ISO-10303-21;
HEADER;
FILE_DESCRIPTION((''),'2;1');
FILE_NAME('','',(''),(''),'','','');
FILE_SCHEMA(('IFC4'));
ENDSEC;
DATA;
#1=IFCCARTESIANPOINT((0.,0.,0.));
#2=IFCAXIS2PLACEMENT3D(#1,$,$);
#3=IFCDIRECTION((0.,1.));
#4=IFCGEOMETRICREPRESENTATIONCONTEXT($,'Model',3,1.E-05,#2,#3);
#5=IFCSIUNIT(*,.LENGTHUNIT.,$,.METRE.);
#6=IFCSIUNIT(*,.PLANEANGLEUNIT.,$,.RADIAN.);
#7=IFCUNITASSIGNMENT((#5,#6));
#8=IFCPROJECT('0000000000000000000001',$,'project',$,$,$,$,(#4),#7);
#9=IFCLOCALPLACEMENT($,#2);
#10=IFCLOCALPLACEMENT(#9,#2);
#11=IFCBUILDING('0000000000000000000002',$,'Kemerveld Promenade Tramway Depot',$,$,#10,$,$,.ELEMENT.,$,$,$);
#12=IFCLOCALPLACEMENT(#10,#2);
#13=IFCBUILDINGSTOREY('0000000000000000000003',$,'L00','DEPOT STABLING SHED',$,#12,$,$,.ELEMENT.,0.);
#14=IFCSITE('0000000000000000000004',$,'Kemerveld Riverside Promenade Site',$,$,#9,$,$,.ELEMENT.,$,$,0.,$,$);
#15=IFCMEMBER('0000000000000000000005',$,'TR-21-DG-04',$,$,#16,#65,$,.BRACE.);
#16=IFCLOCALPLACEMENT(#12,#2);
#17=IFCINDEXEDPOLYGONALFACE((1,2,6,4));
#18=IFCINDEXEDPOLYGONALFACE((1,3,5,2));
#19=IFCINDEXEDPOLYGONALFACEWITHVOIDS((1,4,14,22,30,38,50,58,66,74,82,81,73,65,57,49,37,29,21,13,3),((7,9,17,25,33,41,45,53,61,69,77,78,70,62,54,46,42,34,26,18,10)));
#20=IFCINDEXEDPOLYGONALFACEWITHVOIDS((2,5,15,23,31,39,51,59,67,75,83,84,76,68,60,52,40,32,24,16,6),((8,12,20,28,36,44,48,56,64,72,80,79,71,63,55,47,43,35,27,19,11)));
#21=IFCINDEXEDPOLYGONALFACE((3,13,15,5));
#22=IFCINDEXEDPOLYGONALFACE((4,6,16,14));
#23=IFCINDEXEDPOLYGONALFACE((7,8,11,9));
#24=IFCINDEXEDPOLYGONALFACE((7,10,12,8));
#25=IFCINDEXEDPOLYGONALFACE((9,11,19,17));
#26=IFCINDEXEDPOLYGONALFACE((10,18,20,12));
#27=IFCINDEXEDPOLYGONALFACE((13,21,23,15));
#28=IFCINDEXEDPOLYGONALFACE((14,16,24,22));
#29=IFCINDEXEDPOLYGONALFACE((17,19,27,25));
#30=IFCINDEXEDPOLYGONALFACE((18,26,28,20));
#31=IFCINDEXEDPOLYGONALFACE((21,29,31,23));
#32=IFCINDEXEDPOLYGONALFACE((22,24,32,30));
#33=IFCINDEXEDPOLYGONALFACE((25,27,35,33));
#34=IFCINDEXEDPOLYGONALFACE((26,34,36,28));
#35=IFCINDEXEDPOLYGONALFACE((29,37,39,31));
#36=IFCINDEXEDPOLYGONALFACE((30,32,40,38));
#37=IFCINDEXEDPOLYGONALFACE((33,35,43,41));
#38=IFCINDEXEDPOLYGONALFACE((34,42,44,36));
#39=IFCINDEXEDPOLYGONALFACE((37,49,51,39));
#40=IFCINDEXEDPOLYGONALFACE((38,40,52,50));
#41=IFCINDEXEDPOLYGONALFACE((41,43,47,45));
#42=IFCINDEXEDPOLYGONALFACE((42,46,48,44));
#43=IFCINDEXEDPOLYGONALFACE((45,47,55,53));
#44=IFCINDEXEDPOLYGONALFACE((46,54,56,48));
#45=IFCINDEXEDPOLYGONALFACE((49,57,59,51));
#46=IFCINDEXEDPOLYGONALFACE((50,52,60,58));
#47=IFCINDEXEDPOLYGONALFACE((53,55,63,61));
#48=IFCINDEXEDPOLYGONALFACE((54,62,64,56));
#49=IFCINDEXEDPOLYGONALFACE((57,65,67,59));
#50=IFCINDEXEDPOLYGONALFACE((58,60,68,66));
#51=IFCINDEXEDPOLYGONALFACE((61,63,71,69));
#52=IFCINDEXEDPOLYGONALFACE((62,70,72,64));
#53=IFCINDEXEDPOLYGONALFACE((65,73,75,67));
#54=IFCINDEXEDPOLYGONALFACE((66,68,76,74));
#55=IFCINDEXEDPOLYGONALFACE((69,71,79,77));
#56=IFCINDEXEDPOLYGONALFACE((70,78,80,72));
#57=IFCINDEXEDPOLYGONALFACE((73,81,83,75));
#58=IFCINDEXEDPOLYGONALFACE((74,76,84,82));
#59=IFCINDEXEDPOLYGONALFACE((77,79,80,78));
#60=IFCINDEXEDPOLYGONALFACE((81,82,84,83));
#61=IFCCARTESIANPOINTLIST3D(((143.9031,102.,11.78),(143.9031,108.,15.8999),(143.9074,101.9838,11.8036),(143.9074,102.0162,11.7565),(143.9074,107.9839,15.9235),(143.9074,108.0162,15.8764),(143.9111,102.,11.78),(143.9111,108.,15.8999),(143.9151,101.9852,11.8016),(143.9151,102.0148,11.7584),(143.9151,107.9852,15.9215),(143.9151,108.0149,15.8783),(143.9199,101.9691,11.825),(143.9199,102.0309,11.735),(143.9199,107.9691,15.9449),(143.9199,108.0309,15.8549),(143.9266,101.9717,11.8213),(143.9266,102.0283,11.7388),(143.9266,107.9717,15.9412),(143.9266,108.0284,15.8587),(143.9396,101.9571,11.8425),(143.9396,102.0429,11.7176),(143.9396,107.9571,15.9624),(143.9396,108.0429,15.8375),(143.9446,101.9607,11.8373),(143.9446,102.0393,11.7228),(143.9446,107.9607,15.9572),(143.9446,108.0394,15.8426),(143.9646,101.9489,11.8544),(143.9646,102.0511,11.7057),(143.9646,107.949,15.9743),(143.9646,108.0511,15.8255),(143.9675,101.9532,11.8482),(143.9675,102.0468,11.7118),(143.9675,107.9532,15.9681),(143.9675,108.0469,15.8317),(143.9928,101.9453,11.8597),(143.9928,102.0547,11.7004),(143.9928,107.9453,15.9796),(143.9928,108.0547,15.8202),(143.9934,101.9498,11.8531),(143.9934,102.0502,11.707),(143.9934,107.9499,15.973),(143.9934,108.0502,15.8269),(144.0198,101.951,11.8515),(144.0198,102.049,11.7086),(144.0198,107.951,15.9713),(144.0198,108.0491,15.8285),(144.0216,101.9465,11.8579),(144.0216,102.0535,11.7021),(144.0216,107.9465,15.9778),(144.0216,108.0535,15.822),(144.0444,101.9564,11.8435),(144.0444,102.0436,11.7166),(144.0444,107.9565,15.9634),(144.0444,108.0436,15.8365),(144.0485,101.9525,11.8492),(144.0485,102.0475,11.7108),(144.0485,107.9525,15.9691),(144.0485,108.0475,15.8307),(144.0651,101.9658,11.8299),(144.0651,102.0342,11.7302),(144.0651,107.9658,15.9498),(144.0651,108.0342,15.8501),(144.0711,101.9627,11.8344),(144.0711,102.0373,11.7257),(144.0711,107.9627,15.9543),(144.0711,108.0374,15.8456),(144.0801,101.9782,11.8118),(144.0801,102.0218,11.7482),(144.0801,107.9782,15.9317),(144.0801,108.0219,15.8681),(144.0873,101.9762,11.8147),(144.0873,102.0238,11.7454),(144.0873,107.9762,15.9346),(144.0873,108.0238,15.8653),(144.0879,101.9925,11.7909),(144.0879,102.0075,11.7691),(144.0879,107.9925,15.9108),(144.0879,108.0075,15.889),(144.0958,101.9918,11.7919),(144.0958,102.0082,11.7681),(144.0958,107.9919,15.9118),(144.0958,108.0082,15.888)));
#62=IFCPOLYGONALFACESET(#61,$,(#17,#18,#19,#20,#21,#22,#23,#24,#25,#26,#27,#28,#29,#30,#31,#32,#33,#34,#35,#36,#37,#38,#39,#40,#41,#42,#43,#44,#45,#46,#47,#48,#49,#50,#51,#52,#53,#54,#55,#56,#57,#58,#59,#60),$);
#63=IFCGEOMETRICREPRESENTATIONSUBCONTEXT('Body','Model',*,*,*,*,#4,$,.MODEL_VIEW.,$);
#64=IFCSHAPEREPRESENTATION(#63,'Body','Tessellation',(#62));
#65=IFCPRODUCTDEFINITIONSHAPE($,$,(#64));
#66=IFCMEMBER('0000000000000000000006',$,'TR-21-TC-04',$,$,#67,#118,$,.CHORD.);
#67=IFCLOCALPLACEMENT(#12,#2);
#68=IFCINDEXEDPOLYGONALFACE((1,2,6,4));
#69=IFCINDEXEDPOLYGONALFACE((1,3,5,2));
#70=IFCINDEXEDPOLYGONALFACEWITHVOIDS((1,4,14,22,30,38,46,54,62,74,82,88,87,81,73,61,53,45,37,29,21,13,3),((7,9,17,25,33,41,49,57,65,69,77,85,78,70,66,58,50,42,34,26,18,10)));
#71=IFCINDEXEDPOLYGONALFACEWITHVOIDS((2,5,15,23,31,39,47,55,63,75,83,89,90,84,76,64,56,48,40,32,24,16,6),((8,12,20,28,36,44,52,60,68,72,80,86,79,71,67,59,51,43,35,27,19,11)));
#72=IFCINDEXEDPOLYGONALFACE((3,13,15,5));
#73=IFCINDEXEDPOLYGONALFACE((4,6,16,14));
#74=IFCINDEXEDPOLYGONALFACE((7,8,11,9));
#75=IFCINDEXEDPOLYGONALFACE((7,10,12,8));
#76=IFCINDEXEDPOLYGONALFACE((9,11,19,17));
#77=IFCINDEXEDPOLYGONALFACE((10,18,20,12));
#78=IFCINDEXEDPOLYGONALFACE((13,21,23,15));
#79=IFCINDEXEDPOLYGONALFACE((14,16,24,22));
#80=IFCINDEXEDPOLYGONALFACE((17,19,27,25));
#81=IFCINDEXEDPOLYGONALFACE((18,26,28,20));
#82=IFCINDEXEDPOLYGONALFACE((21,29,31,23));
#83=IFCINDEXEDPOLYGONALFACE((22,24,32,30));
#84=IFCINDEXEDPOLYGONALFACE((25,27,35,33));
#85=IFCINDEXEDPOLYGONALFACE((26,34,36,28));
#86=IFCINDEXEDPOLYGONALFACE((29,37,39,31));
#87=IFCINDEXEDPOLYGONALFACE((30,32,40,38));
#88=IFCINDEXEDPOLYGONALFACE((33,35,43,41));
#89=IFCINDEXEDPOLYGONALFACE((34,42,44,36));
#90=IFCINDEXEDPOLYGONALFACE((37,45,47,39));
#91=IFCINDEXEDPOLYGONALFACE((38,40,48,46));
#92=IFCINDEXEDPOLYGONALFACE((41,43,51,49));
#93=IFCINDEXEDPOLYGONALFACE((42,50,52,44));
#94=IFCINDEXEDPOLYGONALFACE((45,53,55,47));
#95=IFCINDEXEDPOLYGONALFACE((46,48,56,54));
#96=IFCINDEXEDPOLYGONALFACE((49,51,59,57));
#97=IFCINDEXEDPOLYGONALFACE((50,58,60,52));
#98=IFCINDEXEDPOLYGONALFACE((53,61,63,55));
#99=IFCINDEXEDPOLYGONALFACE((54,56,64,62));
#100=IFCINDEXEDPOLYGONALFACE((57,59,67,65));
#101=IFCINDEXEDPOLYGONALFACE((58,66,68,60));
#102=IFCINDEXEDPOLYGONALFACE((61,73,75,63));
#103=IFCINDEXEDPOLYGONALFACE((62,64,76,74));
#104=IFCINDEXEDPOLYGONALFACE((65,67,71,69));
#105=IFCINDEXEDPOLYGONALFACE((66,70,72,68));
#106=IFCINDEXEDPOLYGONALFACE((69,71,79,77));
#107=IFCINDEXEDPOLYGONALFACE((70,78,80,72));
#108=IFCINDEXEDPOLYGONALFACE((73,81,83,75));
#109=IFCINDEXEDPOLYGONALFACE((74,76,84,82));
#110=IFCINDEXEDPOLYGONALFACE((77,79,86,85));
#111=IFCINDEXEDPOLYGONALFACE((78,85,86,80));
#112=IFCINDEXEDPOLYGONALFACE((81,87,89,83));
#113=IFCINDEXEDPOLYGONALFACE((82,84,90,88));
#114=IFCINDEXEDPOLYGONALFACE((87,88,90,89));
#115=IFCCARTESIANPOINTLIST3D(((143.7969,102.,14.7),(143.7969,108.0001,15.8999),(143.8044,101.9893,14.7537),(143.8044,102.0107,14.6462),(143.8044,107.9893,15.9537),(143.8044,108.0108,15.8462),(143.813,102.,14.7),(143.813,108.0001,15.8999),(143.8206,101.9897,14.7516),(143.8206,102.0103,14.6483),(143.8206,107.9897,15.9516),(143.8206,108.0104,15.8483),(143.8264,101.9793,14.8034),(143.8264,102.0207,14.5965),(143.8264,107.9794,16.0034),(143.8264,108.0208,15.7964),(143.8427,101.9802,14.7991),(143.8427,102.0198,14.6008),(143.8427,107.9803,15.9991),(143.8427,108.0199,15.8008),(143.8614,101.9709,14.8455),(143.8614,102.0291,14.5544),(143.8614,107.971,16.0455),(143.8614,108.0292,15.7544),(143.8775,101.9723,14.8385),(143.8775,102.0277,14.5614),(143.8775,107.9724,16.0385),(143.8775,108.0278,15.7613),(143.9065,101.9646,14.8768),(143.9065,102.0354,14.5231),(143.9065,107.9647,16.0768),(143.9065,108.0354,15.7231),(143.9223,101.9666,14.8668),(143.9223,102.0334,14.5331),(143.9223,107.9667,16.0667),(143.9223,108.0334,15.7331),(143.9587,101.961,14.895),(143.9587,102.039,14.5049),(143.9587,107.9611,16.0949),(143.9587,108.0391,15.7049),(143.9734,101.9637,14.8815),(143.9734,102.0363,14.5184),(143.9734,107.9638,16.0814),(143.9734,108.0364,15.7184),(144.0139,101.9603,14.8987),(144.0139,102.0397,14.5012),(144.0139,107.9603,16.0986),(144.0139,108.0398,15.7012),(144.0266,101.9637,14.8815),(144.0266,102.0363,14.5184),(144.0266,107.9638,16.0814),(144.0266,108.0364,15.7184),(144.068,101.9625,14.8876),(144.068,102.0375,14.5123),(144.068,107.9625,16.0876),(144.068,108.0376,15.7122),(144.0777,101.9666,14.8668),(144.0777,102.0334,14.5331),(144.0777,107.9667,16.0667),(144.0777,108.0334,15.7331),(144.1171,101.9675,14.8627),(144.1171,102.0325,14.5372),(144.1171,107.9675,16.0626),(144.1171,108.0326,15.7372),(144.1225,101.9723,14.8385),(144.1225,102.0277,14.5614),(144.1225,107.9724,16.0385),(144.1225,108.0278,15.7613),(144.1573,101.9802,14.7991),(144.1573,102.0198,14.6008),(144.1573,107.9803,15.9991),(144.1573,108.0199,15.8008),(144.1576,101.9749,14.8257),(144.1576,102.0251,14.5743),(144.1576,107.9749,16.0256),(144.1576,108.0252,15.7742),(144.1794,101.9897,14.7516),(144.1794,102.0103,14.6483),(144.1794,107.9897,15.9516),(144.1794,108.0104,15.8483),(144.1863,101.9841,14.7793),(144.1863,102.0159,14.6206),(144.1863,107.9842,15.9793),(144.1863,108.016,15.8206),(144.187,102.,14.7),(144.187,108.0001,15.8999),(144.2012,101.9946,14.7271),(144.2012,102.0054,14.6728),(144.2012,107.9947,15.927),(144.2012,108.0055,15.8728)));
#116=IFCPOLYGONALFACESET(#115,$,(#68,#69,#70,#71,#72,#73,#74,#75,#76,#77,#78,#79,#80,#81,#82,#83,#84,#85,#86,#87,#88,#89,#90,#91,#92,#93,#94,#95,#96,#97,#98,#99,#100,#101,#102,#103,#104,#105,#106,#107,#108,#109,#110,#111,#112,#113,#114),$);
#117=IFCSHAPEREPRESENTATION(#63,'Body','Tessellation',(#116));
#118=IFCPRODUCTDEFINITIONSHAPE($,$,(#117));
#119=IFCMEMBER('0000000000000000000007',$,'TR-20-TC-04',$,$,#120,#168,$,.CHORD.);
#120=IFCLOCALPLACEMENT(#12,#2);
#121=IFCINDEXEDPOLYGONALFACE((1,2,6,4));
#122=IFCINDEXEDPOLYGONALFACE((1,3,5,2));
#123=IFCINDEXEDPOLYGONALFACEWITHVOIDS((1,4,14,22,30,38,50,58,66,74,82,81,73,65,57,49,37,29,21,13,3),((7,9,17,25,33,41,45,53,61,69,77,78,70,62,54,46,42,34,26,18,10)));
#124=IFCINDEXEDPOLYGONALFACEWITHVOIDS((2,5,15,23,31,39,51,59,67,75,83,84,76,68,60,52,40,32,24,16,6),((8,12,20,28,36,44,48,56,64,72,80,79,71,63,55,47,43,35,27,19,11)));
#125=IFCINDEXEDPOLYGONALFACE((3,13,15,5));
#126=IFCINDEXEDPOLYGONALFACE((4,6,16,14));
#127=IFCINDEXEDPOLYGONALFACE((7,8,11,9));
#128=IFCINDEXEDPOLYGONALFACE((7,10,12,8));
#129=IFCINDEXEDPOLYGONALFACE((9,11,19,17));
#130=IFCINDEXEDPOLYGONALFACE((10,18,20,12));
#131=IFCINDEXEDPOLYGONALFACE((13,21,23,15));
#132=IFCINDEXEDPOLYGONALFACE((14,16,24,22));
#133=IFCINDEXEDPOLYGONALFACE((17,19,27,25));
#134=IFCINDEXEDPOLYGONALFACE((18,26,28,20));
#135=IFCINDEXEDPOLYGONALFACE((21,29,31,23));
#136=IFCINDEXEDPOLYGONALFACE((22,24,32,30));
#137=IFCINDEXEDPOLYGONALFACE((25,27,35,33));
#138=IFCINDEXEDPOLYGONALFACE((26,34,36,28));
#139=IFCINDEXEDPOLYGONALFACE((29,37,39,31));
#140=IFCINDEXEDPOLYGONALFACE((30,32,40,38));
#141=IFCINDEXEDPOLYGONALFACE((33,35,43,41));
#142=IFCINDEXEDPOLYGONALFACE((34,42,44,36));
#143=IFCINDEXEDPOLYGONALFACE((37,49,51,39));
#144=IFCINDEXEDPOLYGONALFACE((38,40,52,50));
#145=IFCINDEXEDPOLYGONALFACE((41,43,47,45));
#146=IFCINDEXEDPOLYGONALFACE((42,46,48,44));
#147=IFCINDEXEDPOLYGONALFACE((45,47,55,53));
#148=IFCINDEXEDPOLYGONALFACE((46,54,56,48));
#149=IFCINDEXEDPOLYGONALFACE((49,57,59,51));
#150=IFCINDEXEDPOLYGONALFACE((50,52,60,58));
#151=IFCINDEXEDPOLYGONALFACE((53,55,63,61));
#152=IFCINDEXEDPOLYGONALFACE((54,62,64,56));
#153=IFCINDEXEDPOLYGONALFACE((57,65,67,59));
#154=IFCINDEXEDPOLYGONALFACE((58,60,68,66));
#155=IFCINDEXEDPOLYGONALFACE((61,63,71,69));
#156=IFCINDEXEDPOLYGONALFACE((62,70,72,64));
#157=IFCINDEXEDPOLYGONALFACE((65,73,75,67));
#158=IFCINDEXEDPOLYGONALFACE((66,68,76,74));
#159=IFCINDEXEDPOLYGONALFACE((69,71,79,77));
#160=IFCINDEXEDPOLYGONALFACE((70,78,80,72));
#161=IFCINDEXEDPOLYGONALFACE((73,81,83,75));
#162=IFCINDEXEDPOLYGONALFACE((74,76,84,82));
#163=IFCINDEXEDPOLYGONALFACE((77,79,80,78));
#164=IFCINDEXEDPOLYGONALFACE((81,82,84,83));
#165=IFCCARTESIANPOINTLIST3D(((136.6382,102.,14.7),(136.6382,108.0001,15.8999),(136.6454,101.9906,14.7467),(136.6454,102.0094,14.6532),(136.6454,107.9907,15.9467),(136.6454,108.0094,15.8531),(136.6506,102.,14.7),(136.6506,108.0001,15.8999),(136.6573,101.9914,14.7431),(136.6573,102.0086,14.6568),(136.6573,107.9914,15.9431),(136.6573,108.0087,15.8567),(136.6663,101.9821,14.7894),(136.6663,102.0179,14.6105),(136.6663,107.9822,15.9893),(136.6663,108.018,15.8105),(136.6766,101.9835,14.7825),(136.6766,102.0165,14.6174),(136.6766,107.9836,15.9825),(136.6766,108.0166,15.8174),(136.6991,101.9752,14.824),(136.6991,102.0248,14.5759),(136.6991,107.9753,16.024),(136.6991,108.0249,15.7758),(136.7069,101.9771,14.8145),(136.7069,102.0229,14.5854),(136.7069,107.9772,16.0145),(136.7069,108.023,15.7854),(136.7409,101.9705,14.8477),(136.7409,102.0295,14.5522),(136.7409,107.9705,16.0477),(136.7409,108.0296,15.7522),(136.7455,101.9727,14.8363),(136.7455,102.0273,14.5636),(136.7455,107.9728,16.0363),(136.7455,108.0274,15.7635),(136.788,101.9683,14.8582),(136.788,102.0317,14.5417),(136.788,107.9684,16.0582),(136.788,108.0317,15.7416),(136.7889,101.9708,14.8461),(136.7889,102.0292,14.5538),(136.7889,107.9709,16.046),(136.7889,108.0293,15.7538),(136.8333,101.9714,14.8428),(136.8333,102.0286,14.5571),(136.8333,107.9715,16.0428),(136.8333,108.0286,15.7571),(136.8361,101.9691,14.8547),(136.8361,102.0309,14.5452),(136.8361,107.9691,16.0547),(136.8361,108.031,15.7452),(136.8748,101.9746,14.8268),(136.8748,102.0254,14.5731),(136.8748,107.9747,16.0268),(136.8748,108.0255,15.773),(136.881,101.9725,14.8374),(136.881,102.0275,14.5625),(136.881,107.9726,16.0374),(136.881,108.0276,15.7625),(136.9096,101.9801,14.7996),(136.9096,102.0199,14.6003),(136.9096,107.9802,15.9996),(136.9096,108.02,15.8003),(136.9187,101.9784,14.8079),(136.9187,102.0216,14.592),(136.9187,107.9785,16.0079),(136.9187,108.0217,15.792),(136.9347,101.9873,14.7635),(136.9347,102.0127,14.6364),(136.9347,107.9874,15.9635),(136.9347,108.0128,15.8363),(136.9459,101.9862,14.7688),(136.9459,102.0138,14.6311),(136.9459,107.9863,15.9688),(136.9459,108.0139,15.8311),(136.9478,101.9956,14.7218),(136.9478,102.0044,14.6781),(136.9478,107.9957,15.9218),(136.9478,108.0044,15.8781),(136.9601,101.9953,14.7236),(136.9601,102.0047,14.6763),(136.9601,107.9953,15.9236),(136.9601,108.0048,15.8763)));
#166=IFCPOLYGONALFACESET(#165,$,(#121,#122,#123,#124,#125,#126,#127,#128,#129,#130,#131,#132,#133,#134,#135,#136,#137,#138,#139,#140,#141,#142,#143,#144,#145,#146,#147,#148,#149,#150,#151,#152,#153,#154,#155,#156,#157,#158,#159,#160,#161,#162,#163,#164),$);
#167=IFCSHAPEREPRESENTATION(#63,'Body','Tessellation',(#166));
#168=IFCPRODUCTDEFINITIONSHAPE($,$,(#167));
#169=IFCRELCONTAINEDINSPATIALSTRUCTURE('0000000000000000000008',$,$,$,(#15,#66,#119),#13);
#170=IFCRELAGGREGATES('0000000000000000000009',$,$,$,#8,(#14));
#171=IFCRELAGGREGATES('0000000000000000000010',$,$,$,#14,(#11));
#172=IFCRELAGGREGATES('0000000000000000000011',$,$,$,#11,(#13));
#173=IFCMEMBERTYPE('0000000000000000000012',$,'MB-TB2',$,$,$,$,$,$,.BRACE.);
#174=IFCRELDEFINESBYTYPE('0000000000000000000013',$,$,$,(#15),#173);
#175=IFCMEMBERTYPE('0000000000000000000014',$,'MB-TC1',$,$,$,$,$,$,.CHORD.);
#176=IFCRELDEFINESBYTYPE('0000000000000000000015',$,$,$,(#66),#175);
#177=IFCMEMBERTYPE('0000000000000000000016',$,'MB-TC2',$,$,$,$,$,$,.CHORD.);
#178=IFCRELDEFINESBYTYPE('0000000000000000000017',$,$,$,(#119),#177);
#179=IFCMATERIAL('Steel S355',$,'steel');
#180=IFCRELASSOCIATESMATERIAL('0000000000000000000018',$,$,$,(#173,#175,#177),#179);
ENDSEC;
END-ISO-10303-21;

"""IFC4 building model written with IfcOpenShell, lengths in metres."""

from ifc_helpers import new_model, si_unit, direction, frame, origin, origin_2d, place, context, subcontext, project, spatial, hollow_circle, extrude, material, material_profile, profile_set, type_object, element, save


model = new_model("IFC4")

# Units and contexts
model_context = context("Model", 3, precision=1e-05, world=origin(), true_north=direction((0.0, 1.0)))
body_context = subcontext(model_context, "Body", "Model", "MODEL_VIEW")
ifc_project = project(units=[si_unit("LENGTHUNIT", "METRE"), si_unit("PLANEANGLEUNIT", "RADIAN")], contexts=[model_context])

# Site, building, storey
site_placement = place(None, origin())
site = spatial("IfcSite", under=ifc_project, at=site_placement, Name="Kemerveld Riverside Promenade Site", CompositionType="ELEMENT", RefElevation=0.0)
building_placement = place(site_placement, origin())
building = spatial("IfcBuilding", under=site, at=building_placement, Name="Kemerveld Promenade Tramway Depot", CompositionType="ELEMENT")
storey_placement = place(building_placement, origin())
storey = spatial("IfcBuildingStorey", under=building, at=storey_placement, Name="L00", Description="DEPOT STABLING SHED", CompositionType="ELEMENT", Elevation=0.0)

# Members
ifc_material_1 = material(Name="Steel S355", Category="steel")
ifc_material_profile_1 = material_profile(ifc_material_1, hollow_circle(Radius=0.0969, WallThickness=0.0081, at=origin_2d()), Name="193.7x8.0 CHS")
ifc_profile_set_1 = profile_set([ifc_material_profile_1], Name="Steel S355")
member_type_1 = type_object("IfcMemberType", Name="MB-TB2", PredefinedType="BRACE", material=ifc_profile_set_1)
member_1_placement = place(storey_placement, frame((144.0, 102.0, 11.78), z_axis=(0.0, 0.824371, 0.56605), x_axis=(-1.0, 0.0, 0.0)))
element("IfcMember", 1, at=member_1_placement, inside=storey, type_object=member_type_1, Name="TR-21-DG-04", PredefinedType="BRACE", context=body_context, shape_type="SweptSolid", body=[
    extrude(hollow_circle(Radius=0.0969, WallThickness=0.0081, at=origin_2d()), origin(), (0.0, 0.0, 1.0), 7.2783),
])
ifc_material_profile_2 = material_profile(ifc_material_1, hollow_circle(Radius=0.2031, WallThickness=0.0161, at=origin_2d()), Name="406.4x16.0 CHS")
ifc_profile_set_2 = profile_set([ifc_material_profile_2], Name="Steel S355")
member_type_2 = type_object("IfcMemberType", Name="MB-TC1", PredefinedType="CHORD", material=ifc_profile_set_2)
member_2_placement = place(storey_placement, frame((144.0, 102.0, 14.7), z_axis=(0.0, 0.980582, 0.196108), x_axis=(-1.0, 0.0, 0.0)))
element("IfcMember", 2, at=member_2_placement, inside=storey, type_object=member_type_2, Name="TR-21-TC-04", PredefinedType="CHORD", context=body_context, shape_type="SweptSolid", body=[
    extrude(hollow_circle(Radius=0.2031, WallThickness=0.0161, at=origin_2d()), origin(), (0.0, 0.0, 1.0), 6.1189),
])
ifc_material_profile_3 = material_profile(ifc_material_1, hollow_circle(Radius=0.1619, WallThickness=0.0125, at=origin_2d()), Name="323.9x12.5 CHS")
ifc_profile_set_3 = profile_set([ifc_material_profile_3], Name="Steel S355")
member_type_3 = type_object("IfcMemberType", Name="MB-TC2", PredefinedType="CHORD", material=ifc_profile_set_3)
for number, where, z_axis, x_axis, name in (
    (3, (136.8, 102.0, 14.7), (0.0, 0.980582, 0.196108), (-1.0, 0.0, 0.0), "TR-20-TC-04"),
):
    element("IfcMember", number, at=place(storey_placement, frame(where, z_axis=z_axis, x_axis=x_axis)), inside=storey, type_object=member_type_3, Name=name, PredefinedType="CHORD", context=body_context, shape_type="SweptSolid", body=[
        extrude(hollow_circle(Radius=0.1619, WallThickness=0.0125, at=origin_2d()), origin(), (0.0, 0.0, 1.0), 6.1189),
    ])

save(model, "model.ifc")
